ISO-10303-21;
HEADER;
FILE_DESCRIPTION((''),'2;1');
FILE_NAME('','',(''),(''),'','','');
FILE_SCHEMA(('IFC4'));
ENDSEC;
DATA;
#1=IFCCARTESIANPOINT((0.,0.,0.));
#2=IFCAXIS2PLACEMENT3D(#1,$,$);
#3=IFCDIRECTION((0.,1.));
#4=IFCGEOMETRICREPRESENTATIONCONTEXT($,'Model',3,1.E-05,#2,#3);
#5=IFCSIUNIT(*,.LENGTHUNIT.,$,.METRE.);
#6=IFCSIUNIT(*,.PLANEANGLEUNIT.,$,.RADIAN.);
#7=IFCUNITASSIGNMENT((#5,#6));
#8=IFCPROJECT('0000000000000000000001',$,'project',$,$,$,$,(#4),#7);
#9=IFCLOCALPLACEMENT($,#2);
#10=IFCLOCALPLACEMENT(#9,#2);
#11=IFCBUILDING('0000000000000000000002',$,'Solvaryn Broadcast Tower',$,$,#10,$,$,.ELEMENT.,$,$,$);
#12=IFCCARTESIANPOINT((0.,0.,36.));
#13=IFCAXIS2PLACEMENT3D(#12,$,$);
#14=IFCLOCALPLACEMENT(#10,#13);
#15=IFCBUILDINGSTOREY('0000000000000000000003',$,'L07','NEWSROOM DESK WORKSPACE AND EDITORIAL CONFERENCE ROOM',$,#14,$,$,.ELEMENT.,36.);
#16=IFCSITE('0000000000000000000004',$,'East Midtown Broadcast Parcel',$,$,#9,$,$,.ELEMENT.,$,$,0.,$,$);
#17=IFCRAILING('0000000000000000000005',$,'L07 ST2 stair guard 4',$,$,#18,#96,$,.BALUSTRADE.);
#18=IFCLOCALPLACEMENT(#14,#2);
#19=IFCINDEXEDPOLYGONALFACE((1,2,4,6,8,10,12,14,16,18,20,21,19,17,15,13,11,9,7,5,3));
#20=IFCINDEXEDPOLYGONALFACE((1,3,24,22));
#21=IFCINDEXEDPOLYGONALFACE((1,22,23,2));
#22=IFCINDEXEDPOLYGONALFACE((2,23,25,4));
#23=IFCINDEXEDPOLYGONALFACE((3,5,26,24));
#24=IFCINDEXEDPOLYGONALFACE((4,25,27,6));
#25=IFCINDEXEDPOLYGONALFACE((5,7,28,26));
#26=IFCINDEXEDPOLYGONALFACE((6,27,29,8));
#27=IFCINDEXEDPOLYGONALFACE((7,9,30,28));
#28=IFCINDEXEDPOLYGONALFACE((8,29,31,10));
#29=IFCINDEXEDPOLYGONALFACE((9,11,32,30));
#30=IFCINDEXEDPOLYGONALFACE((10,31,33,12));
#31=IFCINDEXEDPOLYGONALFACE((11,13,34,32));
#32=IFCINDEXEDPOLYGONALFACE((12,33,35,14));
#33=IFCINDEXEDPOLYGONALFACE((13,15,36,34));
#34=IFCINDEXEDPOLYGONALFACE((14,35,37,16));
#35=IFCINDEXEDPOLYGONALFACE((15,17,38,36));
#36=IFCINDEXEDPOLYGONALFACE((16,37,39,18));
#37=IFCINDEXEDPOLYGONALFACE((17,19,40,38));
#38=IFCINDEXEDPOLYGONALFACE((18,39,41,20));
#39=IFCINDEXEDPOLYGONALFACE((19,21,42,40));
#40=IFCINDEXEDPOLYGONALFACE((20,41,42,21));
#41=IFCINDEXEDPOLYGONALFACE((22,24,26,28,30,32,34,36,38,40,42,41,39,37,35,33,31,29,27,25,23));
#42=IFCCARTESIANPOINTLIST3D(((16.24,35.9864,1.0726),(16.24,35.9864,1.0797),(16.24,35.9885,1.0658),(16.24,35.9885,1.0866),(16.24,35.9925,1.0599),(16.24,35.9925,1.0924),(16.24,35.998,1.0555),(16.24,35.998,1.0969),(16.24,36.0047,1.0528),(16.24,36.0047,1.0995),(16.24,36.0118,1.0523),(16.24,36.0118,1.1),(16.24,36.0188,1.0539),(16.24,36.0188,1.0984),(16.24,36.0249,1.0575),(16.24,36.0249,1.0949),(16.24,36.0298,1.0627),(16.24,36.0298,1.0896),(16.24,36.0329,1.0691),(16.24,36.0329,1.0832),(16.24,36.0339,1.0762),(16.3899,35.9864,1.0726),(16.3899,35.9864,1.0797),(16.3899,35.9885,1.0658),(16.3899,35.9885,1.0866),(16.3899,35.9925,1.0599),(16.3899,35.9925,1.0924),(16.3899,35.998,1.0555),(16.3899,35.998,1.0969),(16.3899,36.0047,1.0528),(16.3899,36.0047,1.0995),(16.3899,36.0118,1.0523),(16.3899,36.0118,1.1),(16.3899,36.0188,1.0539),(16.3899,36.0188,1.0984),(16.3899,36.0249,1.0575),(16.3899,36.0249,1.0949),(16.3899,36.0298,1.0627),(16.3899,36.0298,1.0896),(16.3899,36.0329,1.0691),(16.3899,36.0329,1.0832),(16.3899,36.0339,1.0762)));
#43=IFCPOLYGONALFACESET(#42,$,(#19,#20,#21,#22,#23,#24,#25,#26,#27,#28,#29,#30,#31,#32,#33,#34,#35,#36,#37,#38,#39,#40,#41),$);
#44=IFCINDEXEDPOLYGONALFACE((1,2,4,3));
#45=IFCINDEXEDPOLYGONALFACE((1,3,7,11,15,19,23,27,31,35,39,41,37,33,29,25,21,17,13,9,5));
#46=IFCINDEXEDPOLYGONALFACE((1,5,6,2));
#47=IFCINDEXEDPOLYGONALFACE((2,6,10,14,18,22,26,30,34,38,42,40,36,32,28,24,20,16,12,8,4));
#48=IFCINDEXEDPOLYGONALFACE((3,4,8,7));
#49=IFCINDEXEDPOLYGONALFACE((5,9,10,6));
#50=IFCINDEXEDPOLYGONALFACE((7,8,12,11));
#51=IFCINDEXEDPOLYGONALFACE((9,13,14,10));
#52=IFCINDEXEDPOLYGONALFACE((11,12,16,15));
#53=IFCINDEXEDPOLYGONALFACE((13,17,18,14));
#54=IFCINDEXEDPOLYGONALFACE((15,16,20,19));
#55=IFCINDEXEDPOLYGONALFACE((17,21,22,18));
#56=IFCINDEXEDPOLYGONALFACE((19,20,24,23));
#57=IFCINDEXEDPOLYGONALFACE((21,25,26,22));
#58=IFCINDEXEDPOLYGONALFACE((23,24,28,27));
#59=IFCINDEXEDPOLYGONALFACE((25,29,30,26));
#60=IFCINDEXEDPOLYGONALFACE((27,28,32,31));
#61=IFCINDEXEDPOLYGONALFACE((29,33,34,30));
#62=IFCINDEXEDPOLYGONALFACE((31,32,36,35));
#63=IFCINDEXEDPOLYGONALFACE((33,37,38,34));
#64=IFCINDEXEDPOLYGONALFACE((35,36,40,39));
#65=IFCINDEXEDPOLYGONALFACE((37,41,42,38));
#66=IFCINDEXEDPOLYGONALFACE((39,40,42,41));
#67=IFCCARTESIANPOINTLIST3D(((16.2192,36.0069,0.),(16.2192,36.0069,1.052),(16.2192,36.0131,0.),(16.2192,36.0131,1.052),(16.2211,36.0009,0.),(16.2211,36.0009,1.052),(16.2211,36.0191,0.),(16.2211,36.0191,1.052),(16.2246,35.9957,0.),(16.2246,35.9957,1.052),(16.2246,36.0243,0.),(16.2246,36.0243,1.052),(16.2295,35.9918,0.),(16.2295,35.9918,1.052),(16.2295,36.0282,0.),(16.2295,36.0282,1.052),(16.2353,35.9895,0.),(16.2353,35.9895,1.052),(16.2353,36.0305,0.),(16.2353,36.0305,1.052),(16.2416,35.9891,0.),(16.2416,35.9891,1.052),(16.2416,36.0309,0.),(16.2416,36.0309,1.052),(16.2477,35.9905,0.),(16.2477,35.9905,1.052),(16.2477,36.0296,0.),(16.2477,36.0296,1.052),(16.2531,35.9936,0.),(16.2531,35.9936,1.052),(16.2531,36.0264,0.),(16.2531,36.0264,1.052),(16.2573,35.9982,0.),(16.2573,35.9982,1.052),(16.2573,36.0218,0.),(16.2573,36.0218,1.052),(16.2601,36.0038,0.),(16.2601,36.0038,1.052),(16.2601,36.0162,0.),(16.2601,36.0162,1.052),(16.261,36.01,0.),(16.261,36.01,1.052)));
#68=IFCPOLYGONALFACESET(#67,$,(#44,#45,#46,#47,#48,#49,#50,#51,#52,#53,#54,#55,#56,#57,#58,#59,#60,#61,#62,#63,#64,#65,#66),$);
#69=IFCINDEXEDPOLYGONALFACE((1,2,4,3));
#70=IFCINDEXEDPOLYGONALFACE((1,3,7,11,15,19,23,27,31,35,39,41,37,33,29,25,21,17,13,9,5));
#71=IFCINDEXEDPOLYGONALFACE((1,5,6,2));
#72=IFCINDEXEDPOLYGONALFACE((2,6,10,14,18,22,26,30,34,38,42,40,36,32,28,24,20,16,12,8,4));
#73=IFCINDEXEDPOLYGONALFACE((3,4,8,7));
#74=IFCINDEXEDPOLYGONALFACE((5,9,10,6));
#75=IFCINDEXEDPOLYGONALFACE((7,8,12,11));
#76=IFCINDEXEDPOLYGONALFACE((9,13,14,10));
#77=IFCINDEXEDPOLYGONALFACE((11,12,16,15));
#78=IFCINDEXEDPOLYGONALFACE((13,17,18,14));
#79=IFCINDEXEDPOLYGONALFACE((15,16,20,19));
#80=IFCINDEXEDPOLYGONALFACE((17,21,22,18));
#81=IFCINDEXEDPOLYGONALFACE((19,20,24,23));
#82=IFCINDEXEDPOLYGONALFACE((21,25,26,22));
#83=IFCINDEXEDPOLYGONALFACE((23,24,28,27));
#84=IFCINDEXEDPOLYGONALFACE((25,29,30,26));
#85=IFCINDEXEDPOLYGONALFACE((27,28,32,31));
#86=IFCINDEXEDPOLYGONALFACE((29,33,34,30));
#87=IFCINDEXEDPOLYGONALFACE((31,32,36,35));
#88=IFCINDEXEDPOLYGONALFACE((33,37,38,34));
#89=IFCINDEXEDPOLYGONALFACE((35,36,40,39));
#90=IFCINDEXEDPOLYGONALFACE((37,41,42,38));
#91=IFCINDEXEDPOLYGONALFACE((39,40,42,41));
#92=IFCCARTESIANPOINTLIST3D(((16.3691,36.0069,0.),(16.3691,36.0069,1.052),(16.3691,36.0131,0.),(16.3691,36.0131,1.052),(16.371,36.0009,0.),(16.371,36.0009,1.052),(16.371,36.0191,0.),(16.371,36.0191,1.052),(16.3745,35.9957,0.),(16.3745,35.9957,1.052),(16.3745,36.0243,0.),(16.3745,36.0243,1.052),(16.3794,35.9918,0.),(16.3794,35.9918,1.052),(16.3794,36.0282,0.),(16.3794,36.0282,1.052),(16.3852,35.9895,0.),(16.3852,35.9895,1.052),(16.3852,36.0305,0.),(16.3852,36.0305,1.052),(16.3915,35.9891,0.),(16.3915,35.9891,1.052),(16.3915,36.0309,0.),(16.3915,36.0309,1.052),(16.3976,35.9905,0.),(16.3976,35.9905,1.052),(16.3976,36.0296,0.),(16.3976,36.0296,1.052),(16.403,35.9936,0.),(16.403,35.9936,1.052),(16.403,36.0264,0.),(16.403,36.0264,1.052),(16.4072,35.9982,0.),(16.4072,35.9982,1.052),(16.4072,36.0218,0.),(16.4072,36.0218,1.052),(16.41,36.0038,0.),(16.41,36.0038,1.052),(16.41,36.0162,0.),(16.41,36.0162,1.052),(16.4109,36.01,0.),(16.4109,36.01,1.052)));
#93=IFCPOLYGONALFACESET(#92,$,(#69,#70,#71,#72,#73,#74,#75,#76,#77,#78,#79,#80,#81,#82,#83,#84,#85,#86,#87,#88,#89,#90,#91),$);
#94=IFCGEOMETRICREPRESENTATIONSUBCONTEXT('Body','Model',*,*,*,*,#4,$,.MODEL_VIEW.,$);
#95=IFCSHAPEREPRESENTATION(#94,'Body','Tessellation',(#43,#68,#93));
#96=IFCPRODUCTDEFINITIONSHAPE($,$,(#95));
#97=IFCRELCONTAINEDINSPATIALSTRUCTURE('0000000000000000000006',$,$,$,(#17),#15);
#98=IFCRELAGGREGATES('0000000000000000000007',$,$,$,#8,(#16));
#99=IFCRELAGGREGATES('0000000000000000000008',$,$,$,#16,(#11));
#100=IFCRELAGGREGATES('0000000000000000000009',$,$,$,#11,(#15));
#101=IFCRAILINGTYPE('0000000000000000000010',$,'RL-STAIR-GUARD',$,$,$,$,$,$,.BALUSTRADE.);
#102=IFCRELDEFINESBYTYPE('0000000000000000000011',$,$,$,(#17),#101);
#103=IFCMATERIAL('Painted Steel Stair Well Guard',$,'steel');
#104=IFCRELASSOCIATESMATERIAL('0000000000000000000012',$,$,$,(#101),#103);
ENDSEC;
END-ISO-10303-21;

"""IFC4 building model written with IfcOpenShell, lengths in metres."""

from ifc_helpers import new_model, si_unit, direction, frame, origin, origin_2d, place, context, subcontext, project, spatial, circle, extrude, material, type_object, element, save


model = new_model("IFC4")

# Units and contexts
model_context = context("Model", 3, precision=1e-05, world=origin(), true_north=direction((0.0, 1.0)))
body_context = subcontext(model_context, "Body", "Model", "MODEL_VIEW")
ifc_project = project(units=[si_unit("LENGTHUNIT", "METRE"), si_unit("PLANEANGLEUNIT", "RADIAN")], contexts=[model_context])

# Site, building, storey
site_placement = place(None, origin())
site = spatial("IfcSite", under=ifc_project, at=site_placement, Name="East Midtown Broadcast Parcel", CompositionType="ELEMENT", RefElevation=0.0)
building_placement = place(site_placement, origin())
building = spatial("IfcBuilding", under=site, at=building_placement, Name="Solvaryn Broadcast Tower", CompositionType="ELEMENT")
storey_placement = place(building_placement, frame((0.0, 0.0, 36.0)))
storey = spatial("IfcBuildingStorey", under=building, at=storey_placement, Name="L07", Description="NEWSROOM DESK WORKSPACE AND EDITORIAL CONFERENCE ROOM", CompositionType="ELEMENT", Elevation=36.0)

# Railing
ifc_material_1 = material(Name="Painted Steel Stair Well Guard", Category="steel")
railing_type_1 = type_object("IfcRailingType", Name="RL-STAIR-GUARD", PredefinedType="BALUSTRADE", material=ifc_material_1)
railing_1_placement = place(storey_placement, frame((16.24, 36.01, 0.0)))
element("IfcRailing", 1, at=railing_1_placement, inside=storey, type_object=railing_type_1, Name="L07 ST2 stair guard 4", PredefinedType="BALUSTRADE", context=body_context, shape_type="SweptSolid", body=[
    extrude(circle(Radius=0.0239, at=origin_2d()), frame((0.0, 0.0, 1.0762), z_axis=(1.0, 0.0, 0.0), x_axis=(0.0, 1.0, 0.0)), (0.0, 0.0, 1.0), 0.1499),
    extrude(circle(Radius=0.021, at=origin_2d()), origin(), (0.0, 0.0, 1.0), 1.052),
    extrude(circle(Radius=0.021, at=origin_2d()), frame((0.1499, 0.0, 0.0)), (0.0, 0.0, 1.0), 1.052),
])

save(model, "model.ifc")
